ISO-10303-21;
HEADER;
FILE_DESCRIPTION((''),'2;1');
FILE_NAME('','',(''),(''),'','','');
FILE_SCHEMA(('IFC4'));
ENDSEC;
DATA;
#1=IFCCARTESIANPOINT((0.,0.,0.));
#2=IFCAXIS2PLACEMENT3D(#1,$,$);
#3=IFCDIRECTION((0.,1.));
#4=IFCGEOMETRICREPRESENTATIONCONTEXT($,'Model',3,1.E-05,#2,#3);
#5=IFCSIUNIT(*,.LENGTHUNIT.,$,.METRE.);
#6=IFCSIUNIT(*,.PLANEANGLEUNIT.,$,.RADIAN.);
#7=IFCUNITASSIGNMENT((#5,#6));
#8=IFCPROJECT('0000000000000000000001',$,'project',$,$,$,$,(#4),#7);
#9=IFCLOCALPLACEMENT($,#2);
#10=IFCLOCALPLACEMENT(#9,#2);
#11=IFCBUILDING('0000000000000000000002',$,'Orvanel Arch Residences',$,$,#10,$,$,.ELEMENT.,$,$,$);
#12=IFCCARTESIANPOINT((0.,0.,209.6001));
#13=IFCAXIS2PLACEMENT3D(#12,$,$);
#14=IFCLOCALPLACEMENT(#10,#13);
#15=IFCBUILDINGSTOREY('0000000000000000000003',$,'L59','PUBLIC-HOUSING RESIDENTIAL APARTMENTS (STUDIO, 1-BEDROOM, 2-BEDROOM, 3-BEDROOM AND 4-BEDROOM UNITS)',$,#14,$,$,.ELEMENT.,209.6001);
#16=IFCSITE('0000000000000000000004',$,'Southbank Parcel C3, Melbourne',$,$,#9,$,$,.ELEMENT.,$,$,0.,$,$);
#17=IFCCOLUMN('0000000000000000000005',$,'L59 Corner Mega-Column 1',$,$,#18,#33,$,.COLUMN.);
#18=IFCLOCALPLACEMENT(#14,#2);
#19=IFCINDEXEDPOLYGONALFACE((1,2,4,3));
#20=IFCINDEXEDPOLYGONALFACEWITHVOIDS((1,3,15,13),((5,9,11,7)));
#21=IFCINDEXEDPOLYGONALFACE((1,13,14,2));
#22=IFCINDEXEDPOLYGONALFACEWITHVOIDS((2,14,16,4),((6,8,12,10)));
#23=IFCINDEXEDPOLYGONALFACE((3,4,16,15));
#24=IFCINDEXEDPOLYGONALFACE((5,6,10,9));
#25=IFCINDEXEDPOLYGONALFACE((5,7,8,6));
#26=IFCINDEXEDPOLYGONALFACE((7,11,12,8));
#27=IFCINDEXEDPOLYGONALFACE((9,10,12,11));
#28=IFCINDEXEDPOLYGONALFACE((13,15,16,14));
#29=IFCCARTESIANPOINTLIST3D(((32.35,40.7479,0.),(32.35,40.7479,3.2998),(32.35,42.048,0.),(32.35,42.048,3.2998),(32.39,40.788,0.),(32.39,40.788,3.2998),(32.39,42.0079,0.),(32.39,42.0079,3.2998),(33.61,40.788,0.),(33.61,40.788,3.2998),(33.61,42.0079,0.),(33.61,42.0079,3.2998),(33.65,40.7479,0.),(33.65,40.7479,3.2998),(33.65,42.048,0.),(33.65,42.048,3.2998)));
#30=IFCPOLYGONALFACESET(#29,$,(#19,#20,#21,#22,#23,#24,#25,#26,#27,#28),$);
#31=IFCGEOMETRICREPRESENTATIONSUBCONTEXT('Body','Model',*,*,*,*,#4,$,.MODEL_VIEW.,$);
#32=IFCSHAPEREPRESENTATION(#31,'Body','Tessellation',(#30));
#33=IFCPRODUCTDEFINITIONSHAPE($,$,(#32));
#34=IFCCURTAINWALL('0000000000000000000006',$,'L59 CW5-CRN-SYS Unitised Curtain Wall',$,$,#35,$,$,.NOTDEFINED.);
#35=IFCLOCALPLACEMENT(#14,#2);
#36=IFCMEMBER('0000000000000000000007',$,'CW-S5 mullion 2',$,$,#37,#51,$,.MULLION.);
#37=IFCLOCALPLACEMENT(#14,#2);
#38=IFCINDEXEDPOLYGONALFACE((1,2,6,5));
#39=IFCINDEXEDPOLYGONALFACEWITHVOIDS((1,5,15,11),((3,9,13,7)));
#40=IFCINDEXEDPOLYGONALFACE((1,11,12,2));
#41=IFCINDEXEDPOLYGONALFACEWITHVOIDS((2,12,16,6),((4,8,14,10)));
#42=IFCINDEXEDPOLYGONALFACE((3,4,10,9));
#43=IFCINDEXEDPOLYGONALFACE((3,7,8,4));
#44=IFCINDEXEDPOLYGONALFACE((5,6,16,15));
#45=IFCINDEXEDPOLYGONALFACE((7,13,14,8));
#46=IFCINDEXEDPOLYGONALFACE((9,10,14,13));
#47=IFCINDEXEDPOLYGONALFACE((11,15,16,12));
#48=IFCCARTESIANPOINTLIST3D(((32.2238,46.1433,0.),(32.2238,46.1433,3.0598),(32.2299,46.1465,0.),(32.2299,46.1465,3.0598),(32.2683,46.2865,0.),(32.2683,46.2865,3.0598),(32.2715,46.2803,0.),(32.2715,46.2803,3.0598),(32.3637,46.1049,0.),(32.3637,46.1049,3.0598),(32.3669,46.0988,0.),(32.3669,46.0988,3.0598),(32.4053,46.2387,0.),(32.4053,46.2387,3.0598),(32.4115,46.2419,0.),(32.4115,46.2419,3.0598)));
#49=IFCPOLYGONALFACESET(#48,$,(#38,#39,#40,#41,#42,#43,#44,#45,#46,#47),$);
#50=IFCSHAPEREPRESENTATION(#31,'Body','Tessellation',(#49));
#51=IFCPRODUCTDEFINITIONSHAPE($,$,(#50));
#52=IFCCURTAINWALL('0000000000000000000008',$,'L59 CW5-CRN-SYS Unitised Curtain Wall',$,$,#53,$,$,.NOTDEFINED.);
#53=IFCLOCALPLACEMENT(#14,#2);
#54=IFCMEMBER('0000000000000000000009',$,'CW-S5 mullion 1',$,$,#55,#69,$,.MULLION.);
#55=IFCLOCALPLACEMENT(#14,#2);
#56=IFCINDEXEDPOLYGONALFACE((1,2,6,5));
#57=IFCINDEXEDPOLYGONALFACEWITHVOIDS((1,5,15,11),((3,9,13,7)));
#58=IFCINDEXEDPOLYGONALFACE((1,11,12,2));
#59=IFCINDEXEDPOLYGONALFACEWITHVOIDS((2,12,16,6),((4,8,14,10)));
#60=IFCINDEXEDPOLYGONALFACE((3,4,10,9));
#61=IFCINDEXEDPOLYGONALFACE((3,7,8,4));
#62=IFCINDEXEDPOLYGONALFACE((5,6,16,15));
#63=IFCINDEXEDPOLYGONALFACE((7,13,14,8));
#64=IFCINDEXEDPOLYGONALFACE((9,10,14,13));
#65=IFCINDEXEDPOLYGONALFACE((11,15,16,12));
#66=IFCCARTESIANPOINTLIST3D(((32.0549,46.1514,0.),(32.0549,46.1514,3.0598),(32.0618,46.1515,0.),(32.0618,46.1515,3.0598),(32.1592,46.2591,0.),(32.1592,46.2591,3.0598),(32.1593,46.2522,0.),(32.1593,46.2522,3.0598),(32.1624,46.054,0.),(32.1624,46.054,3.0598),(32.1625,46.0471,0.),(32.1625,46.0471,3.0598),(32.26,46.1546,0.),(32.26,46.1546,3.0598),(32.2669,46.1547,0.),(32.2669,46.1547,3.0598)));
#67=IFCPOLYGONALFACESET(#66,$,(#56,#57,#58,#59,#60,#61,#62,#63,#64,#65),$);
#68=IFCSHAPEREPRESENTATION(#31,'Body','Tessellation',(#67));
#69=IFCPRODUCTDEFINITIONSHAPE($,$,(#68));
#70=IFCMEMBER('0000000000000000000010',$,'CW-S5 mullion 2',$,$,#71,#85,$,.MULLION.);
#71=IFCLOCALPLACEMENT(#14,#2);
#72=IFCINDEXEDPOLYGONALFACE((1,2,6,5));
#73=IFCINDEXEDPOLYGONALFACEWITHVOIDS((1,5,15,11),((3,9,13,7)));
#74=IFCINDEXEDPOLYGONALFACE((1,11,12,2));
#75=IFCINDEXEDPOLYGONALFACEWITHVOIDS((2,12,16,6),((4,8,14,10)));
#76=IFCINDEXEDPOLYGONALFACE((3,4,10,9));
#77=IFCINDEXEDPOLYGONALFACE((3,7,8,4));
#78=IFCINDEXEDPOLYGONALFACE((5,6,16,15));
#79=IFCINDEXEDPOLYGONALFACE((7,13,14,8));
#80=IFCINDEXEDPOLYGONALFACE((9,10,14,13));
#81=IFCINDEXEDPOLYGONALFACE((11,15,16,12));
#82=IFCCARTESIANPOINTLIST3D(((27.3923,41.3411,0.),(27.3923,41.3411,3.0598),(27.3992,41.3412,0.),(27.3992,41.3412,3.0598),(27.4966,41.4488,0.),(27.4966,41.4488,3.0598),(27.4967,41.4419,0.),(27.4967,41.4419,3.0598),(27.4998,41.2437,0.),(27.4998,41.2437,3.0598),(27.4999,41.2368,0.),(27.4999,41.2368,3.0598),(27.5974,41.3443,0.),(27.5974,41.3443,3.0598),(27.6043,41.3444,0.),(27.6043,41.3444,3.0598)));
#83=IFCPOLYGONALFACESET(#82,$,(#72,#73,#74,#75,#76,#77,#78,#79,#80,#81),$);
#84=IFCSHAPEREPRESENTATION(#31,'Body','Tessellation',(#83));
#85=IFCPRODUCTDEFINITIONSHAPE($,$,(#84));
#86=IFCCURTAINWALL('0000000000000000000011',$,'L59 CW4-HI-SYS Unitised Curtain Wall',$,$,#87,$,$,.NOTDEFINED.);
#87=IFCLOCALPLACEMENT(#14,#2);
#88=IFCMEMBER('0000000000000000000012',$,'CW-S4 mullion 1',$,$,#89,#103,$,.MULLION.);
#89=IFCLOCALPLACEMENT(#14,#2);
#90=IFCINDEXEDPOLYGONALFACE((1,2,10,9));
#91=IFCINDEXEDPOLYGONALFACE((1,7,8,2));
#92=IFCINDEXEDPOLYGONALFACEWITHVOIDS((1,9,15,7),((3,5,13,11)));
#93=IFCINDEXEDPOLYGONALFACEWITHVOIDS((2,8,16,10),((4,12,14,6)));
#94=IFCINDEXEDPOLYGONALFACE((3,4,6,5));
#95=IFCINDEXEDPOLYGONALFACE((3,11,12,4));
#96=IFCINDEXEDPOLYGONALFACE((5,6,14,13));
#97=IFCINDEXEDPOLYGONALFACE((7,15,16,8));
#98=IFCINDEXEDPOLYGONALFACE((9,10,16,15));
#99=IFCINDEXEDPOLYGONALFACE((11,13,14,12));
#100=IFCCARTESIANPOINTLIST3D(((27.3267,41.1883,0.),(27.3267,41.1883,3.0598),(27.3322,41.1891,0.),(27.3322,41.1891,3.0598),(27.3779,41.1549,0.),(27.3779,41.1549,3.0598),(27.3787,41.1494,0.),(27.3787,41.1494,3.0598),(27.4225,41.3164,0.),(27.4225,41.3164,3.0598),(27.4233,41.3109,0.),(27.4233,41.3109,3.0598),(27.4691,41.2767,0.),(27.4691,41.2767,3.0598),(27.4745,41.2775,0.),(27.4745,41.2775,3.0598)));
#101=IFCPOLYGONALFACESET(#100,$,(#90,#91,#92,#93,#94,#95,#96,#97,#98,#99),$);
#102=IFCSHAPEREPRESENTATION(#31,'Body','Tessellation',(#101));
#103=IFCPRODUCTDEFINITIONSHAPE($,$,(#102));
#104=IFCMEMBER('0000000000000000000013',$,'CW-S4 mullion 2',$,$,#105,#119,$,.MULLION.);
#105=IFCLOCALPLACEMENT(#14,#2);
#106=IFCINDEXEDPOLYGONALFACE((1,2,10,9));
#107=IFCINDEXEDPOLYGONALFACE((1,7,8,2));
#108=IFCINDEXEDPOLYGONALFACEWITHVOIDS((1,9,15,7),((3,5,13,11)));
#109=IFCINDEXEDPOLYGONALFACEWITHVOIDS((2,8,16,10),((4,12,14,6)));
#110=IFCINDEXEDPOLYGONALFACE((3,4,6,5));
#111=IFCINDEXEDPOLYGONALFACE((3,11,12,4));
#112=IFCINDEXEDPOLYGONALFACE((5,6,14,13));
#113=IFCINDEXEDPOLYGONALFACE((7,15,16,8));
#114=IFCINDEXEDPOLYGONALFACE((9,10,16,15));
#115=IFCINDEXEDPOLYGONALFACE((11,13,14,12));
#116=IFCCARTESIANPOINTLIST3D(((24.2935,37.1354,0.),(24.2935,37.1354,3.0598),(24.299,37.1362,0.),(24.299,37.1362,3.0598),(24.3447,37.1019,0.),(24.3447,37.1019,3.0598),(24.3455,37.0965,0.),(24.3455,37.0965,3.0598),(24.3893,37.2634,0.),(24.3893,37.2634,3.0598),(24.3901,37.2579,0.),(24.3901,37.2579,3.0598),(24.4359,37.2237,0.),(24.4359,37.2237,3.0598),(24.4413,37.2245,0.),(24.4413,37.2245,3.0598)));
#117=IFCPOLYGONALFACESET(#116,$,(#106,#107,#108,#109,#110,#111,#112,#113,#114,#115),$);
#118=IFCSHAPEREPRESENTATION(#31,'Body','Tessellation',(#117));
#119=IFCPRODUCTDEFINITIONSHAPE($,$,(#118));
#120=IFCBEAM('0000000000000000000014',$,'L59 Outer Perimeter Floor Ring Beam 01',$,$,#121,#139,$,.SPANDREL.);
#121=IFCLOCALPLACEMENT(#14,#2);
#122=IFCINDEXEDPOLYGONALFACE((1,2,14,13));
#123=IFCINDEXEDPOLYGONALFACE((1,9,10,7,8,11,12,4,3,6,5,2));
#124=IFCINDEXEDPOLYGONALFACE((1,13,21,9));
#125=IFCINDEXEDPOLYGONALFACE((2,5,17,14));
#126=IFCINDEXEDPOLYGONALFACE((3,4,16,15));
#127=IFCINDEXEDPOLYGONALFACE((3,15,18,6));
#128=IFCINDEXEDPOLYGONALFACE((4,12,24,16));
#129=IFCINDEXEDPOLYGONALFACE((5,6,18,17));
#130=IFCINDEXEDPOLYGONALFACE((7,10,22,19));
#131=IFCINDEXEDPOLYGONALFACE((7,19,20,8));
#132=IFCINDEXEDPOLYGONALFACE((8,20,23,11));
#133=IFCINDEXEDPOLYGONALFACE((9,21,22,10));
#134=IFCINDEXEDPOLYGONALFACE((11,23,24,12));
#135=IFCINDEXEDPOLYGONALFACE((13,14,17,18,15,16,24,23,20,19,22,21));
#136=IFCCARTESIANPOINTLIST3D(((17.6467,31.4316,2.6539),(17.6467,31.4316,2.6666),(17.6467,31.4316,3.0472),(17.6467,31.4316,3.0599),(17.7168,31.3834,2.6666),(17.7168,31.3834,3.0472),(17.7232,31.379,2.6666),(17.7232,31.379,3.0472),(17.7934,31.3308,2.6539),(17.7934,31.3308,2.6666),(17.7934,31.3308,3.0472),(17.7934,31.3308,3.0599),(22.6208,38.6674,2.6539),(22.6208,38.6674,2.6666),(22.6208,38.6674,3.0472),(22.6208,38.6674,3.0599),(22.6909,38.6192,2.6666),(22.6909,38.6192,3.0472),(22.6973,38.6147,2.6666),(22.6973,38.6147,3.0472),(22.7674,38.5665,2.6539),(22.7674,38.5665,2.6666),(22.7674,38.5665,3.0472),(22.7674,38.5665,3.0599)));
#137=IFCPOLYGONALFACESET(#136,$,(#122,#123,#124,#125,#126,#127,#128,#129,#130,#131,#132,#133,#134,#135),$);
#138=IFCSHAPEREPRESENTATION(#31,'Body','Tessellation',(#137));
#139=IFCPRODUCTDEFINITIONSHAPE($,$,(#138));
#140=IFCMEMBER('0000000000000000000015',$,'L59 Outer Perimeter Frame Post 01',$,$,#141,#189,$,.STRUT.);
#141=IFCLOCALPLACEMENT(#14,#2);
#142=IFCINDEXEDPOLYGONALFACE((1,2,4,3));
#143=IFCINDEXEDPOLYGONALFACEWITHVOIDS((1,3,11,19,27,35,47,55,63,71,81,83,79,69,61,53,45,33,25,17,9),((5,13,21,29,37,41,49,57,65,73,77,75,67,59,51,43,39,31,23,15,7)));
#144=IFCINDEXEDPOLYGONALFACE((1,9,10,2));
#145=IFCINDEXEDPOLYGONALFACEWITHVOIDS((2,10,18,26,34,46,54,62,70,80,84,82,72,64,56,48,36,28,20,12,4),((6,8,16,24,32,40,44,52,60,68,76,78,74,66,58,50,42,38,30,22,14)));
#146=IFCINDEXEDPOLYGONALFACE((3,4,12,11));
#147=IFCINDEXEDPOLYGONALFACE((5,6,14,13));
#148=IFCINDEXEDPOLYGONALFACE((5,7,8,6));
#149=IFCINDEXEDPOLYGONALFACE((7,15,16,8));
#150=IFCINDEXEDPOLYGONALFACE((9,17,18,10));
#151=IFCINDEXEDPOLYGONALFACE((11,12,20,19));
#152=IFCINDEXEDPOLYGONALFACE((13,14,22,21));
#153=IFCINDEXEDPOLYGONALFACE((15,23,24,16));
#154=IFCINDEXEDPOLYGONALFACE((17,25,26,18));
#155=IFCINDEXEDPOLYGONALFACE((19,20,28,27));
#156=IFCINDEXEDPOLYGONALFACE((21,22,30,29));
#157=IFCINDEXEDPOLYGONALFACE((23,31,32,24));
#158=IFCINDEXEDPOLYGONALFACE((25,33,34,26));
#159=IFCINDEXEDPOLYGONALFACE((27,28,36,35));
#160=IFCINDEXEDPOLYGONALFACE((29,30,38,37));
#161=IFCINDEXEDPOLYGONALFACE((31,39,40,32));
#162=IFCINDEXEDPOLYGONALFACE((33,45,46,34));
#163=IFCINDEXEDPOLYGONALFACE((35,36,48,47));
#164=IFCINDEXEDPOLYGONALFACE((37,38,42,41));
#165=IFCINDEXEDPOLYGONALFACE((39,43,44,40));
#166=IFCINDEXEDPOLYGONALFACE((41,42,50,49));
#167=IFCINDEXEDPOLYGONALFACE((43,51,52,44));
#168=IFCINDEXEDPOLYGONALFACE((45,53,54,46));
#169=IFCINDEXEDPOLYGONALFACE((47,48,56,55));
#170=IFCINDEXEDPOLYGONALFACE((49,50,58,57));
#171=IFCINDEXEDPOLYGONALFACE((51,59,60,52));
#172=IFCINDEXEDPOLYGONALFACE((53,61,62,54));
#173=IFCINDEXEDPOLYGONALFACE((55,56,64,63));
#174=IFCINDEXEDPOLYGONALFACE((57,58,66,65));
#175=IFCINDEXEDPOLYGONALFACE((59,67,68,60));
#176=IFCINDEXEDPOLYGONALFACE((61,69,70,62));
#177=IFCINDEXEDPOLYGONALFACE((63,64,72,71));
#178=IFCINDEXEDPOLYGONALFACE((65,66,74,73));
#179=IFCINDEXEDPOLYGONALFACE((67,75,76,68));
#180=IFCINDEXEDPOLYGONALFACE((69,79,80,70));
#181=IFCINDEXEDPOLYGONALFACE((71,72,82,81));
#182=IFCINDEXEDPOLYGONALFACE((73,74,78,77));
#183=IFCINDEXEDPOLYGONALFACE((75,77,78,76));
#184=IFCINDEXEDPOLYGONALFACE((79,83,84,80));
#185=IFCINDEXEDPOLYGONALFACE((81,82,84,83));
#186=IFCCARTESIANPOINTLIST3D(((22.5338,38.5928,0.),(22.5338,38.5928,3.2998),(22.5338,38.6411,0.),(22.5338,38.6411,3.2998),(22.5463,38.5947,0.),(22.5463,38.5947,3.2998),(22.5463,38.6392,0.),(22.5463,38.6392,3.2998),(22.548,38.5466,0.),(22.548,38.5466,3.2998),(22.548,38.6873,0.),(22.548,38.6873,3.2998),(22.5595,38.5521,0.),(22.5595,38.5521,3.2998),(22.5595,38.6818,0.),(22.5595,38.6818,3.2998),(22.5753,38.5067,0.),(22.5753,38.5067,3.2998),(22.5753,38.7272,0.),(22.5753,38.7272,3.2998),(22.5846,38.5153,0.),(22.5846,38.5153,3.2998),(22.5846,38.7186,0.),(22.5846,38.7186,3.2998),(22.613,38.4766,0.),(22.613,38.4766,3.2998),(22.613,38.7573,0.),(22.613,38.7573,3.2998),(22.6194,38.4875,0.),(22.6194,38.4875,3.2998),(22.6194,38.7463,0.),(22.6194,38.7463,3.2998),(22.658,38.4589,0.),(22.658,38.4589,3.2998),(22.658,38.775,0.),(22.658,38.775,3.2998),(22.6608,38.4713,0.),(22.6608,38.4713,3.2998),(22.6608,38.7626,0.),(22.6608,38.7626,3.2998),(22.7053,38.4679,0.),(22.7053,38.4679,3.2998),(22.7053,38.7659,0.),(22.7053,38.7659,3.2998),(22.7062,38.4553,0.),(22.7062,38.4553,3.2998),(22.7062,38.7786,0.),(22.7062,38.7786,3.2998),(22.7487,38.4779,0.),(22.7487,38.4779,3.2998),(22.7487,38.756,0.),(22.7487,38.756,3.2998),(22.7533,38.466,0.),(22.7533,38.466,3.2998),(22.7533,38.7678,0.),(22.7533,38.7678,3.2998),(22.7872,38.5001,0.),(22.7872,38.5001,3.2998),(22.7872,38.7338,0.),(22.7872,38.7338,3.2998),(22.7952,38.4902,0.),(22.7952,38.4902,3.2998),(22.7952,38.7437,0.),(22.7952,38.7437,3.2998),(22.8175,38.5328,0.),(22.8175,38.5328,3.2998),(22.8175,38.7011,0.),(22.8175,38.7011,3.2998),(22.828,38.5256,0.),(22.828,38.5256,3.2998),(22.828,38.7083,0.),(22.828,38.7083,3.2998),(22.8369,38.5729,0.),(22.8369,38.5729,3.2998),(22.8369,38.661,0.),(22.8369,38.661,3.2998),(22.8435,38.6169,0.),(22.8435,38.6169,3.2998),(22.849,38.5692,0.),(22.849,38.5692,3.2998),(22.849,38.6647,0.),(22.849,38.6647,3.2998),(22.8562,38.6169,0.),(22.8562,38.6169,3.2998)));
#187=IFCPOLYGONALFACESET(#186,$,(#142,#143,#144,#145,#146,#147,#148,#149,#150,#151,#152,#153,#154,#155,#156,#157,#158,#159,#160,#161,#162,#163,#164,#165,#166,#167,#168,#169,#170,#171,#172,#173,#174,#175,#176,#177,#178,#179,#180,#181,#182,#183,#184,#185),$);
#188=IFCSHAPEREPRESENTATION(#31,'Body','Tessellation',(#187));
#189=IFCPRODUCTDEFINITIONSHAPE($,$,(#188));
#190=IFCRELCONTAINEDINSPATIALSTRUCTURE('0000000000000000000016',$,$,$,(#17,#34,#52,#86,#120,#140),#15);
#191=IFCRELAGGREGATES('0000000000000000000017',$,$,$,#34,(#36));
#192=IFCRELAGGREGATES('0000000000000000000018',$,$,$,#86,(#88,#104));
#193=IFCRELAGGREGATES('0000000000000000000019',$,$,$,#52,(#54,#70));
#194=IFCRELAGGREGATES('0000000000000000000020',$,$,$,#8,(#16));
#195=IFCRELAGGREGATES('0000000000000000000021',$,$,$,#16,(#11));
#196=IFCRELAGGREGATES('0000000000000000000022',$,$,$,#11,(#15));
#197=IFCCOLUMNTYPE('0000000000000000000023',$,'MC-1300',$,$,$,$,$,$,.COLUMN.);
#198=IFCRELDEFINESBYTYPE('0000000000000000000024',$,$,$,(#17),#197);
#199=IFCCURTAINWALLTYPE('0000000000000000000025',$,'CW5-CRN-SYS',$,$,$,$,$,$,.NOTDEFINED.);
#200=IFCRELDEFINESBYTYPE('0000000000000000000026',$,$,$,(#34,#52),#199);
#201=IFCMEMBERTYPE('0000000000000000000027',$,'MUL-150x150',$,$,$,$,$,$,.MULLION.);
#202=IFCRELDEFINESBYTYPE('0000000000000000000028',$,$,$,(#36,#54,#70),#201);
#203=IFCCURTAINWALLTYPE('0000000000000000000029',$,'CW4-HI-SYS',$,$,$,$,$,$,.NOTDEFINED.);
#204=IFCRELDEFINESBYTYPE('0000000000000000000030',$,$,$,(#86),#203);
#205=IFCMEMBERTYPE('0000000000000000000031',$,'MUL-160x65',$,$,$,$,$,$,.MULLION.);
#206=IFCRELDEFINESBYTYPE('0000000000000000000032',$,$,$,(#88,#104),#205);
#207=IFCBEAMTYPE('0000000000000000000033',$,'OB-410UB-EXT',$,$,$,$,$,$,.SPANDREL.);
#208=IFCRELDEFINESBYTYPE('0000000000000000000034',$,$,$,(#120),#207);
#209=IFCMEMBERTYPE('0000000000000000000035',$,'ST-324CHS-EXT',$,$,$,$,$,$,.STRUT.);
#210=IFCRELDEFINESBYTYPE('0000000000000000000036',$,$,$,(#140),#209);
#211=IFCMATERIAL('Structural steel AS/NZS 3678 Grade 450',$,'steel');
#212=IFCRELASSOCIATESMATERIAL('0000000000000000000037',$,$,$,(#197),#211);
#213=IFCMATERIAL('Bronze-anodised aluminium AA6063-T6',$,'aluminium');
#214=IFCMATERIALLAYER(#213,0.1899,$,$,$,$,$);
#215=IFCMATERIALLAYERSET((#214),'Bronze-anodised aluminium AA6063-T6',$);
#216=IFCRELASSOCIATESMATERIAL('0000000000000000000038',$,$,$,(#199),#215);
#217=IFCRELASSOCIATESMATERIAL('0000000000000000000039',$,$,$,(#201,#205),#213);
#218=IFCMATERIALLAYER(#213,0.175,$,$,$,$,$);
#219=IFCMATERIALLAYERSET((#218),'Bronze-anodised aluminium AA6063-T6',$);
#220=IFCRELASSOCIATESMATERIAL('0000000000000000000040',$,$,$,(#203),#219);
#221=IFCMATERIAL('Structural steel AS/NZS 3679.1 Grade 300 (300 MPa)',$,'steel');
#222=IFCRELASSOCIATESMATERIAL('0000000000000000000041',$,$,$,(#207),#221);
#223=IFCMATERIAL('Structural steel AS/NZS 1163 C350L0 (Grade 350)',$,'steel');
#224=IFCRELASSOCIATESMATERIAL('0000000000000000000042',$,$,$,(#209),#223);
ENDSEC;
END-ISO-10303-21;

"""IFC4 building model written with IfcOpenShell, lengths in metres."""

from ifc_helpers import new_model, si_unit, direction, frame, origin, origin_2d, place, context, subcontext, project, spatial, hollow_rectangle, hollow_circle, i_section, extrude, material, layer, layer_set, material_profile, profile_set, type_object, element, aggregate, save


model = new_model("IFC4")

# Units and contexts
model_context = context("Model", 3, precision=1e-05, world=origin(), true_north=direction((0.0, 1.0)))
body_context = subcontext(model_context, "Body", "Model", "MODEL_VIEW")
ifc_project = project(units=[si_unit("LENGTHUNIT", "METRE"), si_unit("PLANEANGLEUNIT", "RADIAN")], contexts=[model_context])

# Site, building, storey
site_placement = place(None, origin())
site = spatial("IfcSite", under=ifc_project, at=site_placement, Name="Southbank Parcel C3, Melbourne", CompositionType="ELEMENT", RefElevation=0.0)
building_placement = place(site_placement, origin())
building = spatial("IfcBuilding", under=site, at=building_placement, Name="Orvanel Arch Residences", CompositionType="ELEMENT")
storey_placement = place(building_placement, frame((0.0, 0.0, 209.6001)))
storey = spatial("IfcBuildingStorey", under=building, at=storey_placement, Name="L59", Description="PUBLIC-HOUSING RESIDENTIAL APARTMENTS (STUDIO, 1-BEDROOM, 2-BEDROOM, 3-BEDROOM AND 4-BEDROOM UNITS)", CompositionType="ELEMENT", Elevation=209.6001)

# Column
ifc_material_1 = material(Name="Structural steel AS/NZS 3678 Grade 450", Category="steel")
ifc_material_profile_1 = material_profile(ifc_material_1, hollow_rectangle(XDim=1.3, YDim=1.3, WallThickness=0.04, at=origin_2d()), Name="BOX1300x1300x40")
ifc_profile_set_1 = profile_set([ifc_material_profile_1], Name="Structural steel AS/NZS 3678 Grade 450")
column_type = type_object("IfcColumnType", Name="MC-1300", PredefinedType="COLUMN", material=ifc_profile_set_1)
column_placement = place(storey_placement, frame((33.0, 41.3979, 0.0), z_axis=(0.0, 0.0, 1.0), x_axis=(1.0, 0.0, 0.0)))
element("IfcColumn", 1, at=column_placement, inside=storey, type_object=column_type, Name="L59 Corner Mega-Column 1", PredefinedType="COLUMN", context=body_context, shape_type="SweptSolid", body=[
    extrude(hollow_rectangle(XDim=1.3, YDim=1.3, WallThickness=0.04, at=origin_2d()), origin(), (0.0, 0.0, 1.0), 3.2998),
])

# Curtain wall, member
ifc_material_2 = material(Name="Bronze-anodised aluminium AA6063-T6", Category="aluminium")
ifc_layer_1 = layer(ifc_material_2, 0.1899)
ifc_layer_set_1 = layer_set([ifc_layer_1], Name="Bronze-anodised aluminium AA6063-T6")
curtain_wall_type_1 = type_object("IfcCurtainWallType", Name="CW5-CRN-SYS", PredefinedType="NOTDEFINED", material=ifc_layer_set_1)
curtain_wall_1_placement = place(storey_placement, origin())
curtain_wall_1 = element("IfcCurtainWall", 2, at=curtain_wall_1_placement, inside=storey, type_object=curtain_wall_type_1, Name="L59 CW5-CRN-SYS Unitised Curtain Wall", PredefinedType="NOTDEFINED")
ifc_material_profile_2 = material_profile(ifc_material_2, hollow_rectangle(XDim=0.1499, YDim=0.1499, WallThickness=0.0049, at=origin_2d()), Name="ALU150x150x5")
ifc_profile_set_2 = profile_set([ifc_material_profile_2], Name="Bronze-anodised aluminium AA6063-T6")
member_type_1 = type_object("IfcMemberType", Name="MUL-150x150", PredefinedType="MULLION", material=ifc_profile_set_2)
member_1_placement = place(storey_placement, frame((32.3176, 46.1926, 0.0), z_axis=(0.0, 0.0, 1.0), x_axis=(-0.297117, -0.954841, 0.0)))
member_1 = element("IfcMember", 3, at=member_1_placement, type_object=member_type_1, Name="CW-S5 mullion 2", PredefinedType="MULLION", context=body_context, shape_type="SweptSolid", body=[
    extrude(hollow_rectangle(XDim=0.1499, YDim=0.1499, WallThickness=0.0049, at=origin_2d()), origin(), (0.0, 0.0, 1.0), 3.0598),
])
aggregate(curtain_wall_1, [member_1])

# Curtain walls, members
curtain_wall_2_placement = place(storey_placement, origin())
curtain_wall_2 = element("IfcCurtainWall", 4, at=curtain_wall_2_placement, inside=storey, type_object=curtain_wall_type_1, Name="L59 CW5-CRN-SYS Unitised Curtain Wall", PredefinedType="NOTDEFINED")
member_2_placement = place(storey_placement, frame((32.1609, 46.1531, 0.0), z_axis=(0.0, 0.0, 1.0), x_axis=(0.718044, -0.695998, 0.0)))
member_2 = element("IfcMember", 5, at=member_2_placement, type_object=member_type_1, Name="CW-S5 mullion 1", PredefinedType="MULLION", context=body_context, shape_type="SweptSolid", body=[
    extrude(hollow_rectangle(XDim=0.1499, YDim=0.1499, WallThickness=0.0049, at=origin_2d()), origin(), (0.0, 0.0, 1.0), 3.0598),
])
member_3_placement = place(storey_placement, frame((27.4983, 41.3428, 0.0), z_axis=(0.0, 0.0, 1.0), x_axis=(0.718044, -0.695998, 0.0)))
member_3 = element("IfcMember", 6, at=member_3_placement, type_object=member_type_1, Name="CW-S5 mullion 2", PredefinedType="MULLION", context=body_context, shape_type="SweptSolid", body=[
    extrude(hollow_rectangle(XDim=0.1499, YDim=0.1499, WallThickness=0.0049, at=origin_2d()), origin(), (0.0, 0.0, 1.0), 3.0598),
])
ifc_layer_2 = layer(ifc_material_2, 0.175)
ifc_layer_set_2 = layer_set([ifc_layer_2], Name="Bronze-anodised aluminium AA6063-T6")
curtain_wall_type_2 = type_object("IfcCurtainWallType", Name="CW4-HI-SYS", PredefinedType="NOTDEFINED", material=ifc_layer_set_2)
curtain_wall_3_placement = place(storey_placement, origin())
curtain_wall_3 = element("IfcCurtainWall", 7, at=curtain_wall_3_placement, inside=storey, type_object=curtain_wall_type_2, Name="L59 CW4-HI-SYS Unitised Curtain Wall", PredefinedType="NOTDEFINED")
ifc_material_profile_3 = material_profile(ifc_material_2, hollow_rectangle(XDim=0.0649, YDim=0.1599, WallThickness=0.0039, at=origin_2d()), Name="ALU160x65x4")
ifc_profile_set_3 = profile_set([ifc_material_profile_3], Name="Bronze-anodised aluminium AA6063-T6")
member_type_2 = type_object("IfcMemberType", Name="MUL-160x65", PredefinedType="MULLION", material=ifc_profile_set_3)
member_4_placement = place(storey_placement, frame((27.4006, 41.2329, 0.0), z_axis=(0.0, 0.0, 1.0), x_axis=(0.800636, -0.599152, 0.0)))
member_4 = element("IfcMember", 8, at=member_4_placement, type_object=member_type_2, Name="CW-S4 mullion 1", PredefinedType="MULLION", context=body_context, shape_type="SweptSolid", body=[
    extrude(hollow_rectangle(XDim=0.0649, YDim=0.1599, WallThickness=0.0039, at=origin_2d()), origin(), (0.0, 0.0, 1.0), 3.0598),
])
member_5_placement = place(storey_placement, frame((24.3674, 37.1799, 0.0), z_axis=(0.0, 0.0, 1.0), x_axis=(0.800636, -0.599152, 0.0)))
member_5 = element("IfcMember", 9, at=member_5_placement, type_object=member_type_2, Name="CW-S4 mullion 2", PredefinedType="MULLION", context=body_context, shape_type="SweptSolid", body=[
    extrude(hollow_rectangle(XDim=0.0649, YDim=0.1599, WallThickness=0.0039, at=origin_2d()), origin(), (0.0, 0.0, 1.0), 3.0598),
])

# Beam
ifc_material_3 = material(Name="Structural steel AS/NZS 3679.1 Grade 300 (300 MPa)", Category="steel")
ifc_material_profile_4 = material_profile(ifc_material_3, i_section(OverallWidth=0.178, OverallDepth=0.406, WebThickness=0.0078, FlangeThickness=0.0127, at=origin_2d()), Name="410UB59.7")
ifc_profile_set_4 = profile_set([ifc_material_profile_4], Name="Structural steel AS/NZS 3679.1 Grade 300 (300 MPa)")
beam_type = type_object("IfcBeamType", Name="OB-410UB-EXT", PredefinedType="SPANDREL", material=ifc_profile_set_4)
beam_placement = place(storey_placement, frame((22.6941, 38.6169, 2.8569), z_axis=(-0.566489, -0.82407, 0.0), x_axis=(0.82407, -0.566489, 0.0)))
element("IfcBeam", 10, at=beam_placement, inside=storey, type_object=beam_type, Name="L59 Outer Perimeter Floor Ring Beam 01", PredefinedType="SPANDREL", context=body_context, shape_type="SweptSolid", body=[
    extrude(i_section(OverallWidth=0.178, OverallDepth=0.406, WebThickness=0.0078, FlangeThickness=0.0127, at=origin_2d()), origin(), (0.0, 0.0, 1.0), 8.7805),
])

# Member
ifc_material_4 = material(Name="Structural steel AS/NZS 1163 C350L0 (Grade 350)", Category="steel")
ifc_material_profile_5 = material_profile(ifc_material_4, hollow_circle(Radius=0.1621, WallThickness=0.0127, at=origin_2d()), Name="CHS324x12.7")
ifc_profile_set_5 = profile_set([ifc_material_profile_5], Name="Structural steel AS/NZS 1163 C350L0 (Grade 350)")
member_type_3 = type_object("IfcMemberType", Name="ST-324CHS-EXT", PredefinedType="STRUT", material=ifc_profile_set_5)
member_6_placement = place(storey_placement, frame((22.6941, 38.6169, 0.0), z_axis=(0.0, 0.0, 1.0), x_axis=(1.0, 0.0, 0.0)))
element("IfcMember", 11, at=member_6_placement, inside=storey, type_object=member_type_3, Name="L59 Outer Perimeter Frame Post 01", PredefinedType="STRUT", context=body_context, shape_type="SweptSolid", body=[
    extrude(hollow_circle(Radius=0.1621, WallThickness=0.0127, at=origin_2d()), origin(), (0.0, 0.0, 1.0), 3.2998),
])

aggregate(curtain_wall_3, [member_4, member_5])
aggregate(curtain_wall_2, [member_2, member_3])

save(model, "model.ifc")
